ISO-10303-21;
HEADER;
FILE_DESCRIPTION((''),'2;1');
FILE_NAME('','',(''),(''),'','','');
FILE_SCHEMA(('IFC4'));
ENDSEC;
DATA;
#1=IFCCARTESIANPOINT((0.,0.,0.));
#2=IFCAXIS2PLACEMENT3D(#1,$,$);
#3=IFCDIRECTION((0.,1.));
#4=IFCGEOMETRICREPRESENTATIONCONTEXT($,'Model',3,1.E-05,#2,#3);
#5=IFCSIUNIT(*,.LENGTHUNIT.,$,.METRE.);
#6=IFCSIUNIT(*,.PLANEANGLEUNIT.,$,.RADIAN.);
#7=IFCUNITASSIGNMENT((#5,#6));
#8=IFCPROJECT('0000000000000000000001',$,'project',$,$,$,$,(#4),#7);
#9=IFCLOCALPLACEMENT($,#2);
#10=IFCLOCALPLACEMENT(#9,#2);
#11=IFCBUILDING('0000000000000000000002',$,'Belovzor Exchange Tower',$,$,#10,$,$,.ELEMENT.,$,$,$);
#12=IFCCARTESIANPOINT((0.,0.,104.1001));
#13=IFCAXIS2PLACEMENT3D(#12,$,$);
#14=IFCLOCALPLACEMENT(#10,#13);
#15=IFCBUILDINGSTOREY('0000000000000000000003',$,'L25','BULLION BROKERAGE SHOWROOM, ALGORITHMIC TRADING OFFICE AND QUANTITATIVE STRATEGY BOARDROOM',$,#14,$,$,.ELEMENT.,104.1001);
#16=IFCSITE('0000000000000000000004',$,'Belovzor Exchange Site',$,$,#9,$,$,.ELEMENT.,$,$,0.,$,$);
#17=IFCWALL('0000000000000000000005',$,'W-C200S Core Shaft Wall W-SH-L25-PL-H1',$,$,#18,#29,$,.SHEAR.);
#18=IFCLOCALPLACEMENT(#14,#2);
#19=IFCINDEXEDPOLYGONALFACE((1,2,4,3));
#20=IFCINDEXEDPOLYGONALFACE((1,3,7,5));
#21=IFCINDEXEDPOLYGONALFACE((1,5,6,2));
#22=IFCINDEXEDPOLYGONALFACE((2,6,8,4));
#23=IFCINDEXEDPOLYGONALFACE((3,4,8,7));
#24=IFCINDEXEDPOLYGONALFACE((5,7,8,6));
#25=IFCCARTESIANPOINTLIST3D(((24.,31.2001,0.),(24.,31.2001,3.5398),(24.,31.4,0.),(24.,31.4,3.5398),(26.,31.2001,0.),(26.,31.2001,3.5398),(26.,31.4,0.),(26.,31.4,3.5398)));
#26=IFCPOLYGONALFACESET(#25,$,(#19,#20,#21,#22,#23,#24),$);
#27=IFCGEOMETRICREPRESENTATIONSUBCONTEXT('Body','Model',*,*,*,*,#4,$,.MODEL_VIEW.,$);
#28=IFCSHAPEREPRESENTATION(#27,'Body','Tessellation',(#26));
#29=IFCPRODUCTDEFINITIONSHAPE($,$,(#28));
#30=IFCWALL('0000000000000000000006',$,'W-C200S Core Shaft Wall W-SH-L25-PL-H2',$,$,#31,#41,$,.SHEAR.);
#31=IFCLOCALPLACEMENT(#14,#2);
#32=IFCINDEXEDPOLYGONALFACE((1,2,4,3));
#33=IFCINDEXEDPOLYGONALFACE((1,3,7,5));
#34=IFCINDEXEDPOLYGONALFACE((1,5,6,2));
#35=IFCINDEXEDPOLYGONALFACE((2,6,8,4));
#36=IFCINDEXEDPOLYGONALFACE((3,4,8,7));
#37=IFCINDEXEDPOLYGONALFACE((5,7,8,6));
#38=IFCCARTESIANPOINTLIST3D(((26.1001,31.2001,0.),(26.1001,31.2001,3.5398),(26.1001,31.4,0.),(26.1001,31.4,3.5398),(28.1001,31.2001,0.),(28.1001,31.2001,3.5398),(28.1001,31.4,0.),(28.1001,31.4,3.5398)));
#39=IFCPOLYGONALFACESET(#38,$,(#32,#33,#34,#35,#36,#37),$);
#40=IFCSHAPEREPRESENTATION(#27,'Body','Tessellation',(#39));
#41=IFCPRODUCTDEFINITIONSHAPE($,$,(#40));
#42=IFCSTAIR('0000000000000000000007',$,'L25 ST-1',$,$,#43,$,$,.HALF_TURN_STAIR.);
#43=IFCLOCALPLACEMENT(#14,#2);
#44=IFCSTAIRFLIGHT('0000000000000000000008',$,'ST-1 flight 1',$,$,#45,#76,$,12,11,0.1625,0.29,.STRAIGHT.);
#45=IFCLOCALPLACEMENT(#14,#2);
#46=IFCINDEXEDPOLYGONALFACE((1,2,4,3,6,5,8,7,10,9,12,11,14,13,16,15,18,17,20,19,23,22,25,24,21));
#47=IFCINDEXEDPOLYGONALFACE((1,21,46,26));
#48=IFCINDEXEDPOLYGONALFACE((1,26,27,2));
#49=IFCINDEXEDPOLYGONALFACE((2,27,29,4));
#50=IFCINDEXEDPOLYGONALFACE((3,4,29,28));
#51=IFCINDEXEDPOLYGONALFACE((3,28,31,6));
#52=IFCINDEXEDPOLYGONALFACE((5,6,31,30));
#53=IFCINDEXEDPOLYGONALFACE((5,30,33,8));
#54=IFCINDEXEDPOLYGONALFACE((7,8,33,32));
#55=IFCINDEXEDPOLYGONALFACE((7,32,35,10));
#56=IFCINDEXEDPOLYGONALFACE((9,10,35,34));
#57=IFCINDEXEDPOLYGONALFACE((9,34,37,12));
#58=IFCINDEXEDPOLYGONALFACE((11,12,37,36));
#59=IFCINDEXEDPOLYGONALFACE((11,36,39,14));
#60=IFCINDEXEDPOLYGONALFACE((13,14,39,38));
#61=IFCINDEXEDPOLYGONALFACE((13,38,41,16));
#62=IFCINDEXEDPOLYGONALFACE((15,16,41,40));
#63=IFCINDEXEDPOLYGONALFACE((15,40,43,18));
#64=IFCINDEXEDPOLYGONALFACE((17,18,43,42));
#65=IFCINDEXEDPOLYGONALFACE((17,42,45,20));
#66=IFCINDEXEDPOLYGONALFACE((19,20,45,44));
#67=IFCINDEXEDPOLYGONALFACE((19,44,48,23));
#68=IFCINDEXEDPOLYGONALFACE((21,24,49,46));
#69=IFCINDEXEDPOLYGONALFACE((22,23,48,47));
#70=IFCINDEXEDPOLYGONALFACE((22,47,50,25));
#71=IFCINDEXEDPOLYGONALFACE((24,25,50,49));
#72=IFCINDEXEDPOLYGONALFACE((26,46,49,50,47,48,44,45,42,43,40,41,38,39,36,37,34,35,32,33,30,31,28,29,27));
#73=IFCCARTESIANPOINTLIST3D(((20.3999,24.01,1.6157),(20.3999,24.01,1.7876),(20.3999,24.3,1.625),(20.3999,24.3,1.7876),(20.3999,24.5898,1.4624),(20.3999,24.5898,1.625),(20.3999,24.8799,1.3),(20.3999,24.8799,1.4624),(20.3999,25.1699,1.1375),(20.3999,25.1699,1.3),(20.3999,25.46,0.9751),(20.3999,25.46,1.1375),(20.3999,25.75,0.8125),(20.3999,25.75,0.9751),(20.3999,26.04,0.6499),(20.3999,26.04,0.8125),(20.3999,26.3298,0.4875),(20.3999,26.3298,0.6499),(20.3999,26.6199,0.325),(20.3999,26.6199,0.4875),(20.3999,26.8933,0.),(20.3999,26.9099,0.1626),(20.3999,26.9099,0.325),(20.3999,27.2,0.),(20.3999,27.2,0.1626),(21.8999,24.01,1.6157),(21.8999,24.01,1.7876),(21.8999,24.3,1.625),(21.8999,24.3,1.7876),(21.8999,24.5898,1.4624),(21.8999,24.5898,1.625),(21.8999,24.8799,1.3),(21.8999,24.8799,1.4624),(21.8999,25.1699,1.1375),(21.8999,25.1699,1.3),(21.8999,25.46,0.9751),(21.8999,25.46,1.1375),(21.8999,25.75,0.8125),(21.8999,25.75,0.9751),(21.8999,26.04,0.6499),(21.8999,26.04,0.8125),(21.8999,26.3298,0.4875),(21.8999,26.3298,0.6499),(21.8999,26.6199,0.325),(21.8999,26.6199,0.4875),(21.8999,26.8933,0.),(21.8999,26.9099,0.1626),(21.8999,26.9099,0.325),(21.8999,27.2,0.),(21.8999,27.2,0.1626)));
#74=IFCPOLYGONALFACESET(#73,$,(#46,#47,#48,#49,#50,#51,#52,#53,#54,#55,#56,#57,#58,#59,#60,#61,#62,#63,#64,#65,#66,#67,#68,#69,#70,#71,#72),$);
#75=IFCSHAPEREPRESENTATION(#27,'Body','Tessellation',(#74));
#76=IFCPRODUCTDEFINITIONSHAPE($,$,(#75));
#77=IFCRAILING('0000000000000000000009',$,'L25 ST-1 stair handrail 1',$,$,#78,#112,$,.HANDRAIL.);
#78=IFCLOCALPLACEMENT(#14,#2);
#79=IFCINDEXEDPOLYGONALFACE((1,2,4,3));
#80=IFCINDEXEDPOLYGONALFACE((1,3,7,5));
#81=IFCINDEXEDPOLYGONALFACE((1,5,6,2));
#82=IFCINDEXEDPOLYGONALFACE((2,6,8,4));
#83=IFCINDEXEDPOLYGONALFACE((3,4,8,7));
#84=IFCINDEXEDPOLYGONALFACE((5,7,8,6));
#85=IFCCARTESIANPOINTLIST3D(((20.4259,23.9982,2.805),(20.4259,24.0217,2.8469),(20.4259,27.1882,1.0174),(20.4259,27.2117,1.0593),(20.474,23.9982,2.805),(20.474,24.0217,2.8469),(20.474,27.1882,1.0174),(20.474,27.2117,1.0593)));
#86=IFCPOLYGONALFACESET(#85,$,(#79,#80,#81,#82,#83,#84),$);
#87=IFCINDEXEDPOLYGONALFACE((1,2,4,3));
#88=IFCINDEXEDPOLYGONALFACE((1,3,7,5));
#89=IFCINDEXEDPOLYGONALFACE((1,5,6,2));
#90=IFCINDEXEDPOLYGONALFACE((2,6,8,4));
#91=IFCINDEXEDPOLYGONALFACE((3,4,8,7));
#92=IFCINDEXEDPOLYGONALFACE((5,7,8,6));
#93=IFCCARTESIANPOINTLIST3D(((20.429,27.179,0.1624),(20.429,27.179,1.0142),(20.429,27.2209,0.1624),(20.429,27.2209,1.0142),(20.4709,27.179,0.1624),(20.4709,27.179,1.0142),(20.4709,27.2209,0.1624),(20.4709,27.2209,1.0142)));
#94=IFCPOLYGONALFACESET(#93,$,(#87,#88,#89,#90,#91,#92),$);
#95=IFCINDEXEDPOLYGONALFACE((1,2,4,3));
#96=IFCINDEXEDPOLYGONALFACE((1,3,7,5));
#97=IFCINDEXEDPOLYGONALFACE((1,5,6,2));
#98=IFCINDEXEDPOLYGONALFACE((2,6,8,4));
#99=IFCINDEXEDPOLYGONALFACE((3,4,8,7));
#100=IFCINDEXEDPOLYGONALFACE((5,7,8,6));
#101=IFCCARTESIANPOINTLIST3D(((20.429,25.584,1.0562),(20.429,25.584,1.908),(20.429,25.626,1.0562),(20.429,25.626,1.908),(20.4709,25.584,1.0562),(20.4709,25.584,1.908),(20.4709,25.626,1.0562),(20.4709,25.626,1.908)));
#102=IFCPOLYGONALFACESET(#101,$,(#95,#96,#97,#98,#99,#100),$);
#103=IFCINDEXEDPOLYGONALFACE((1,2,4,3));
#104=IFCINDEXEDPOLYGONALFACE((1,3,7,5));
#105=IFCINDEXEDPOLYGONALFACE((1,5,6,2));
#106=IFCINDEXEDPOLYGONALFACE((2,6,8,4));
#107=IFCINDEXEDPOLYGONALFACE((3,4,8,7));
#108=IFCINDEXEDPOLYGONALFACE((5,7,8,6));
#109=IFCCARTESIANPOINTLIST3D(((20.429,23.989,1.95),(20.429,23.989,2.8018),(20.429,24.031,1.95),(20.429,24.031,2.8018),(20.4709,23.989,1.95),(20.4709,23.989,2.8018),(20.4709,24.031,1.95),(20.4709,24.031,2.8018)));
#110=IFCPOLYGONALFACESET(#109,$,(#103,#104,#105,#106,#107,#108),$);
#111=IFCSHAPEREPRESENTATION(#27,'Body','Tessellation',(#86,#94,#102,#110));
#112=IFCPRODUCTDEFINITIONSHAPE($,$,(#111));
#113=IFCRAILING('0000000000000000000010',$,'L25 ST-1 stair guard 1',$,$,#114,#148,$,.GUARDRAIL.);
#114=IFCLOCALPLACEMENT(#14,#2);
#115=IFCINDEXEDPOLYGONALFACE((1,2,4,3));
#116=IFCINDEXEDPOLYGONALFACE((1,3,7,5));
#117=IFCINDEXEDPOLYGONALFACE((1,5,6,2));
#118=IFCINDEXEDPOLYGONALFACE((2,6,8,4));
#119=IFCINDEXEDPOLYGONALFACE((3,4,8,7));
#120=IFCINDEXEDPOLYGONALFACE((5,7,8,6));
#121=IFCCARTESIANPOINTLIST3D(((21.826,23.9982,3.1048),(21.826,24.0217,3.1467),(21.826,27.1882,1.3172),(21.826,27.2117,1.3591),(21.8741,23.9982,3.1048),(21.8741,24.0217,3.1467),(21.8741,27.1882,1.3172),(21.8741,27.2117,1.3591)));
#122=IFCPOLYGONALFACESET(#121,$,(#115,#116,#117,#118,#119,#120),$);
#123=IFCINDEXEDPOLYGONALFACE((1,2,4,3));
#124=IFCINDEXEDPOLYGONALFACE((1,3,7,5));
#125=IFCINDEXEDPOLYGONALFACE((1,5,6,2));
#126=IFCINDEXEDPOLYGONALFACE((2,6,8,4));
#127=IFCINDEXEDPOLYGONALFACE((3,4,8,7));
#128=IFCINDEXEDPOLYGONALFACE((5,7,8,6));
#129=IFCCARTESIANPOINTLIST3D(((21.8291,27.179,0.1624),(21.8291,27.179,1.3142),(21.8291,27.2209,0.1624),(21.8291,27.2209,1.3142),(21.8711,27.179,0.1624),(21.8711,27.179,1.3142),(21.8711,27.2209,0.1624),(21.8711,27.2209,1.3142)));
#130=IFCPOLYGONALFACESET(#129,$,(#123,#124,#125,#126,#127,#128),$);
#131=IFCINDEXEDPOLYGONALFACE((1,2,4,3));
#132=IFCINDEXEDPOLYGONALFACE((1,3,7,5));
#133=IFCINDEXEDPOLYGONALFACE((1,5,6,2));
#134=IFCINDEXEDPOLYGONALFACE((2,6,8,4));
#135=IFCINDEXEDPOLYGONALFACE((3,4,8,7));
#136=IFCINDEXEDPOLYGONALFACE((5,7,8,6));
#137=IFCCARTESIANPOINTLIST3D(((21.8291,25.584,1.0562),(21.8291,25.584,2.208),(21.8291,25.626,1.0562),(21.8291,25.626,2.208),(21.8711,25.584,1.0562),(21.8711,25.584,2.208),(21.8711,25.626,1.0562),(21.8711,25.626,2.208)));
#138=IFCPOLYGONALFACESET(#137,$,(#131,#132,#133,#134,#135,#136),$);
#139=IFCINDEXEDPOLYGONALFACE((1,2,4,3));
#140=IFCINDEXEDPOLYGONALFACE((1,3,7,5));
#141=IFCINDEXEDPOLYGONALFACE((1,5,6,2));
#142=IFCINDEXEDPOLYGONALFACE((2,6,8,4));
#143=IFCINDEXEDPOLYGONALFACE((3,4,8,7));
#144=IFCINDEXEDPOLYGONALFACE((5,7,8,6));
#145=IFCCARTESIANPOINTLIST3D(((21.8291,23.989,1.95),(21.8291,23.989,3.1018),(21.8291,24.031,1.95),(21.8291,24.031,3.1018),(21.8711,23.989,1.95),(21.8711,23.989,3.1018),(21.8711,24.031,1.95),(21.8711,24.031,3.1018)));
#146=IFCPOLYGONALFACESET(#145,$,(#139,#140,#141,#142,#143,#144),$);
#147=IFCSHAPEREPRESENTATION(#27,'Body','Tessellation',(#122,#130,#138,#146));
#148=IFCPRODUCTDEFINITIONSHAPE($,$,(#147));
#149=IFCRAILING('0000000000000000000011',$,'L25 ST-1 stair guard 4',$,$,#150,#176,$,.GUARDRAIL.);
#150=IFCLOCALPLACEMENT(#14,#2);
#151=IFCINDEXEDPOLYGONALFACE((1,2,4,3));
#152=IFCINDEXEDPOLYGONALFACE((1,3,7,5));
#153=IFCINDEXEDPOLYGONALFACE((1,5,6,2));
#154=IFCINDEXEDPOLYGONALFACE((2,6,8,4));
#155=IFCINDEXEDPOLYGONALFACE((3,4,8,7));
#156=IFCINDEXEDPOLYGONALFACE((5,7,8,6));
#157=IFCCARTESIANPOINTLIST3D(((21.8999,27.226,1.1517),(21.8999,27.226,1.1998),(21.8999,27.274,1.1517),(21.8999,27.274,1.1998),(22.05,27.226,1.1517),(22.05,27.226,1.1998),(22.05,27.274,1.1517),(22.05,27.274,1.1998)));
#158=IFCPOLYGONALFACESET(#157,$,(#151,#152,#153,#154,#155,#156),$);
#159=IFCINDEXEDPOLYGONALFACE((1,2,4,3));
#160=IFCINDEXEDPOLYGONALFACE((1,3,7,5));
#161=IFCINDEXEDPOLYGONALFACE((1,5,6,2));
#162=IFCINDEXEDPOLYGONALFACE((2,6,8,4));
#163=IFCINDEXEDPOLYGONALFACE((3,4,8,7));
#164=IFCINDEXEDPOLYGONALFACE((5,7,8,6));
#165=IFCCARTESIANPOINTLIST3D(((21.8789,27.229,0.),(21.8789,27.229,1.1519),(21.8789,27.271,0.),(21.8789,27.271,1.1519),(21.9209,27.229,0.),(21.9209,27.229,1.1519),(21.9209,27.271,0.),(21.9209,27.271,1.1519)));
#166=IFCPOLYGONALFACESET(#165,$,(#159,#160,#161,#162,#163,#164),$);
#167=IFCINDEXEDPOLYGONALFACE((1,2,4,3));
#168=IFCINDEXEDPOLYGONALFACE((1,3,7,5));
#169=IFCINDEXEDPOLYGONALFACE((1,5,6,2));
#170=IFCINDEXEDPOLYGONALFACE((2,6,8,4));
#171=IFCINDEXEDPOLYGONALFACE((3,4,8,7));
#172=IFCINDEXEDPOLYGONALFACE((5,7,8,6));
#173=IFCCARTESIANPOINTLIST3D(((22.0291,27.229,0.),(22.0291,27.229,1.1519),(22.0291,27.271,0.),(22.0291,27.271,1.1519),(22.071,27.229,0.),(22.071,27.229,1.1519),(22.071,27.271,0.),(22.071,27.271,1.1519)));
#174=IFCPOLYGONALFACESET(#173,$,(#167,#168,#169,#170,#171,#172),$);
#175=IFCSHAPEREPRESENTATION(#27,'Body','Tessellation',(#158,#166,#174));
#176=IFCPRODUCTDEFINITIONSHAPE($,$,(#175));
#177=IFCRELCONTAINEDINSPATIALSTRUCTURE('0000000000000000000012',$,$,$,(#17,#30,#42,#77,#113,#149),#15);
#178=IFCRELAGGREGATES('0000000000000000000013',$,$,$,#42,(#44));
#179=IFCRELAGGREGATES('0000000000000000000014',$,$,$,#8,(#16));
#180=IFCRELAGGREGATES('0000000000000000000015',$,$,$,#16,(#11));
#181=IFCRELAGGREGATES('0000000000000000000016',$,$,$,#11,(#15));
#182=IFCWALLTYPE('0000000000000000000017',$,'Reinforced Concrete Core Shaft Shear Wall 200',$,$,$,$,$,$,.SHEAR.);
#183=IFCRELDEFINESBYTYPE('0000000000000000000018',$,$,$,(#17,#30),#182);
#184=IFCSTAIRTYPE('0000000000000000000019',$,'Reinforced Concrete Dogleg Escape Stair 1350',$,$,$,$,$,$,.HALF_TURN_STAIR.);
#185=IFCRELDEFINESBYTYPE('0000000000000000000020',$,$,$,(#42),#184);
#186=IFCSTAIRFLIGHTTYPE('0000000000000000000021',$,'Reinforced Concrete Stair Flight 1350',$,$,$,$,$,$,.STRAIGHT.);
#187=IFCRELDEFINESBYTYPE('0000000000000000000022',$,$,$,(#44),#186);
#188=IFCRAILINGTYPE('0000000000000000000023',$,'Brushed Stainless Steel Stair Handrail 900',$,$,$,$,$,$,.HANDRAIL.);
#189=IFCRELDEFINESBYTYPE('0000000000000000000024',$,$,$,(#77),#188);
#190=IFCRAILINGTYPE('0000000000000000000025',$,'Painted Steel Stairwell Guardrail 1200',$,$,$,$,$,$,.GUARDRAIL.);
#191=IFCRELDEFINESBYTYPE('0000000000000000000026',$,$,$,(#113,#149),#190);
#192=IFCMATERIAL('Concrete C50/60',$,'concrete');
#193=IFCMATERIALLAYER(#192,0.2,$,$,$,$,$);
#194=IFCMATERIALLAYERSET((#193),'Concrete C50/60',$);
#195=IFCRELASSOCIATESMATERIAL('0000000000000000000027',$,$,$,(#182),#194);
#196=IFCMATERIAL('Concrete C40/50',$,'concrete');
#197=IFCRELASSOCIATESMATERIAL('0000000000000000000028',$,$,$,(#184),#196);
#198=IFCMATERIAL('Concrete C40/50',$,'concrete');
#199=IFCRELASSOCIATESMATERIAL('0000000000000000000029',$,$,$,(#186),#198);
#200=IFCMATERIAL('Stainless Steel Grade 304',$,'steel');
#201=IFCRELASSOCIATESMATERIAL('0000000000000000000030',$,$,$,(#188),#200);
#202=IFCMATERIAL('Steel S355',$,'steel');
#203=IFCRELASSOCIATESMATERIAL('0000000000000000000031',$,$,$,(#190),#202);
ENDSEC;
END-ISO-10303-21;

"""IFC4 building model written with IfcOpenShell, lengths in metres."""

from ifc_helpers import new_model, si_unit, direction, frame, frame_2d, origin, origin_2d, place, context, subcontext, project, spatial, polyline, rectangle, outline, extrude, material, layer, layer_set, type_object, element, aggregate, save


model = new_model("IFC4")

# Units and contexts
model_context = context("Model", 3, precision=1e-05, world=origin(), true_north=direction((0.0, 1.0)))
body_context = subcontext(model_context, "Body", "Model", "MODEL_VIEW")
ifc_project = project(units=[si_unit("LENGTHUNIT", "METRE"), si_unit("PLANEANGLEUNIT", "RADIAN")], contexts=[model_context])

# Site, building, storey
site_placement = place(None, origin())
site = spatial("IfcSite", under=ifc_project, at=site_placement, Name="Belovzor Exchange Site", CompositionType="ELEMENT", RefElevation=0.0)
building_placement = place(site_placement, origin())
building = spatial("IfcBuilding", under=site, at=building_placement, Name="Belovzor Exchange Tower", CompositionType="ELEMENT")
storey_placement = place(building_placement, frame((0.0, 0.0, 104.1001)))
storey = spatial("IfcBuildingStorey", under=building, at=storey_placement, Name="L25", Description="BULLION BROKERAGE SHOWROOM, ALGORITHMIC TRADING OFFICE AND QUANTITATIVE STRATEGY BOARDROOM", CompositionType="ELEMENT", Elevation=104.1001)

# Shared definitions
ifc_material_1 = material(Name="Concrete C50/60", Category="concrete")
ifc_layer_1 = layer(ifc_material_1, 0.2)
ifc_layer_set_1 = layer_set([ifc_layer_1], Name="Concrete C50/60")
wall_type_1 = type_object("IfcWallType", Name="Reinforced Concrete Core Shaft Shear Wall 200", PredefinedType="SHEAR", material=ifc_layer_set_1)

# Walls
for number, where, z_axis, x_axis, name in (
    (1, (24.0, 31.3, 0.0), (0.0, 0.0, 1.0), (1.0, 0.0, 0.0), "W-C200S Core Shaft Wall W-SH-L25-PL-H1"),
    (2, (26.1001, 31.3, 0.0), (0.0, 0.0, 1.0), (1.0, 0.0, 0.0), "W-C200S Core Shaft Wall W-SH-L25-PL-H2"),
):
    element("IfcWall", number, at=place(storey_placement, frame(where, z_axis=z_axis, x_axis=x_axis)), inside=storey, type_object=wall_type_1, Name=name, PredefinedType="SHEAR", context=body_context, shape_type="SweptSolid", body=[
        extrude(rectangle(XDim=2.0, YDim=0.2, at=frame_2d((1.0, 0.0))), origin(), (0.0, 0.0, 1.0), 3.5398),
    ])

# Stair, stair flight
ifc_material_2 = material(Name="Concrete C40/50", Category="concrete")
stair_type = type_object("IfcStairType", Name="Reinforced Concrete Dogleg Escape Stair 1350", PredefinedType="HALF_TURN_STAIR", material=ifc_material_2)
stair_placement = place(storey_placement, origin())
stair = element("IfcStair", 3, at=stair_placement, inside=storey, type_object=stair_type, Name="L25 ST-1", PredefinedType="HALF_TURN_STAIR")
ifc_material_3 = material(Name="Concrete C40/50", Category="concrete")
stair_flight_type = type_object("IfcStairFlightType", Name="Reinforced Concrete Stair Flight 1350", PredefinedType="STRAIGHT", material=ifc_material_3)
stair_flight_placement = place(storey_placement, frame((21.1499, 27.2, 0.0), z_axis=(0.0, 0.0, 1.0), x_axis=(0.0, -1.0, 0.0)))
stair_flight = element("IfcStairFlight", 4, at=stair_flight_placement, type_object=stair_flight_type, Name="ST-1 flight 1", NumberOfRisers=12, NumberOfTreads=11, PredefinedType="STRAIGHT", RiserHeight=0.1625, TreadLength=0.29, context=body_context, shape_type="SweptSolid", body=[
    extrude(outline(polyline([(0.0, 0.0), (0.0, 0.1626), (0.29, 0.1626), (0.29, 0.325), (0.5801, 0.325), (0.5801, 0.4875), (0.8701, 0.4875), (0.8701, 0.6499), (1.1599, 0.6499), (1.1599, 0.8125), (1.45, 0.8125), (1.45, 0.9751), (1.74, 0.9751), (1.74, 1.1375), (2.03, 1.1375), (2.03, 1.3), (2.3201, 1.3), (2.3201, 1.4624), (2.6101, 1.4624), (2.6101, 1.625), (2.8999, 1.625), (2.8999, 1.7876), (3.1899, 1.7876), (3.1899, 1.95), (3.1899, 1.6157), (0.3066, 0.0), (0.0, 0.0)])), frame((0.0, 0.75, 0.0), z_axis=(0.0, -1.0, 0.0), x_axis=(1.0, 0.0, 0.0)), (0.0, 0.0, 1.0), 1.5),
])
aggregate(stair, [stair_flight])

# Railings
ifc_material_4 = material(Name="Stainless Steel Grade 304", Category="steel")
railing_type_1 = type_object("IfcRailingType", Name="Brushed Stainless Steel Stair Handrail 900", PredefinedType="HANDRAIL", material=ifc_material_4)
railing_1_placement = place(storey_placement, frame((20.45, 27.2, 0.1624)))
element("IfcRailing", 5, at=railing_1_placement, inside=storey, type_object=railing_type_1, Name="L25 ST-1 stair handrail 1", PredefinedType="HANDRAIL", context=body_context, shape_type="SweptSolid", body=[
    extrude(rectangle(XDim=0.0481, YDim=0.0481, at=origin_2d()), frame((0.0, 0.0, 0.876), z_axis=(0.0, -0.872363, 0.48886), x_axis=(1.0, 0.0, 0.0)), (0.0, 0.0, 1.0), 3.6567),
    extrude(rectangle(XDim=0.042, YDim=0.042, at=origin_2d()), origin(), (0.0, 0.0, 1.0), 0.8518),
    extrude(rectangle(XDim=0.042, YDim=0.042, at=origin_2d()), frame((0.0, -1.595, 0.8938)), (0.0, 0.0, 1.0), 0.8518),
    extrude(rectangle(XDim=0.042, YDim=0.042, at=origin_2d()), frame((0.0, -3.1899, 1.7876)), (0.0, 0.0, 1.0), 0.8518),
])
ifc_material_5 = material(Name="Steel S355", Category="steel")
railing_type_2 = type_object("IfcRailingType", Name="Painted Steel Stairwell Guardrail 1200", PredefinedType="GUARDRAIL", material=ifc_material_5)
railing_2_placement = place(storey_placement, frame((21.8501, 27.2, 0.1624)))
element("IfcRailing", 6, at=railing_2_placement, inside=storey, type_object=railing_type_2, Name="L25 ST-1 stair guard 1", PredefinedType="GUARDRAIL", context=body_context, shape_type="SweptSolid", body=[
    extrude(rectangle(XDim=0.0481, YDim=0.0481, at=origin_2d()), frame((0.0, 0.0, 1.1758), z_axis=(0.0, -0.872363, 0.48886), x_axis=(1.0, 0.0, 0.0)), (0.0, 0.0, 1.0), 3.6567),
    extrude(rectangle(XDim=0.042, YDim=0.042, at=origin_2d()), origin(), (0.0, 0.0, 1.0), 1.1519),
    extrude(rectangle(XDim=0.042, YDim=0.042, at=origin_2d()), frame((0.0, -1.595, 0.8938)), (0.0, 0.0, 1.0), 1.1519),
    extrude(rectangle(XDim=0.042, YDim=0.042, at=origin_2d()), frame((0.0, -3.1899, 1.7876)), (0.0, 0.0, 1.0), 1.1519),
])
railing_3_placement = place(storey_placement, frame((21.8999, 27.25, 0.0)))
element("IfcRailing", 7, at=railing_3_placement, inside=storey, type_object=railing_type_2, Name="L25 ST-1 stair guard 4", PredefinedType="GUARDRAIL", context=body_context, shape_type="SweptSolid", body=[
    extrude(rectangle(XDim=0.0481, YDim=0.0481, at=origin_2d()), frame((0.0, 0.0, 1.1758), z_axis=(1.0, 0.0, 0.0), x_axis=(0.0, 1.0, 0.0)), (0.0, 0.0, 1.0), 0.1501),
    extrude(rectangle(XDim=0.042, YDim=0.042, at=origin_2d()), origin(), (0.0, 0.0, 1.0), 1.1519),
    extrude(rectangle(XDim=0.042, YDim=0.042, at=origin_2d()), frame((0.1501, 0.0, 0.0)), (0.0, 0.0, 1.0), 1.1519),
])

save(model, "model.ifc")
